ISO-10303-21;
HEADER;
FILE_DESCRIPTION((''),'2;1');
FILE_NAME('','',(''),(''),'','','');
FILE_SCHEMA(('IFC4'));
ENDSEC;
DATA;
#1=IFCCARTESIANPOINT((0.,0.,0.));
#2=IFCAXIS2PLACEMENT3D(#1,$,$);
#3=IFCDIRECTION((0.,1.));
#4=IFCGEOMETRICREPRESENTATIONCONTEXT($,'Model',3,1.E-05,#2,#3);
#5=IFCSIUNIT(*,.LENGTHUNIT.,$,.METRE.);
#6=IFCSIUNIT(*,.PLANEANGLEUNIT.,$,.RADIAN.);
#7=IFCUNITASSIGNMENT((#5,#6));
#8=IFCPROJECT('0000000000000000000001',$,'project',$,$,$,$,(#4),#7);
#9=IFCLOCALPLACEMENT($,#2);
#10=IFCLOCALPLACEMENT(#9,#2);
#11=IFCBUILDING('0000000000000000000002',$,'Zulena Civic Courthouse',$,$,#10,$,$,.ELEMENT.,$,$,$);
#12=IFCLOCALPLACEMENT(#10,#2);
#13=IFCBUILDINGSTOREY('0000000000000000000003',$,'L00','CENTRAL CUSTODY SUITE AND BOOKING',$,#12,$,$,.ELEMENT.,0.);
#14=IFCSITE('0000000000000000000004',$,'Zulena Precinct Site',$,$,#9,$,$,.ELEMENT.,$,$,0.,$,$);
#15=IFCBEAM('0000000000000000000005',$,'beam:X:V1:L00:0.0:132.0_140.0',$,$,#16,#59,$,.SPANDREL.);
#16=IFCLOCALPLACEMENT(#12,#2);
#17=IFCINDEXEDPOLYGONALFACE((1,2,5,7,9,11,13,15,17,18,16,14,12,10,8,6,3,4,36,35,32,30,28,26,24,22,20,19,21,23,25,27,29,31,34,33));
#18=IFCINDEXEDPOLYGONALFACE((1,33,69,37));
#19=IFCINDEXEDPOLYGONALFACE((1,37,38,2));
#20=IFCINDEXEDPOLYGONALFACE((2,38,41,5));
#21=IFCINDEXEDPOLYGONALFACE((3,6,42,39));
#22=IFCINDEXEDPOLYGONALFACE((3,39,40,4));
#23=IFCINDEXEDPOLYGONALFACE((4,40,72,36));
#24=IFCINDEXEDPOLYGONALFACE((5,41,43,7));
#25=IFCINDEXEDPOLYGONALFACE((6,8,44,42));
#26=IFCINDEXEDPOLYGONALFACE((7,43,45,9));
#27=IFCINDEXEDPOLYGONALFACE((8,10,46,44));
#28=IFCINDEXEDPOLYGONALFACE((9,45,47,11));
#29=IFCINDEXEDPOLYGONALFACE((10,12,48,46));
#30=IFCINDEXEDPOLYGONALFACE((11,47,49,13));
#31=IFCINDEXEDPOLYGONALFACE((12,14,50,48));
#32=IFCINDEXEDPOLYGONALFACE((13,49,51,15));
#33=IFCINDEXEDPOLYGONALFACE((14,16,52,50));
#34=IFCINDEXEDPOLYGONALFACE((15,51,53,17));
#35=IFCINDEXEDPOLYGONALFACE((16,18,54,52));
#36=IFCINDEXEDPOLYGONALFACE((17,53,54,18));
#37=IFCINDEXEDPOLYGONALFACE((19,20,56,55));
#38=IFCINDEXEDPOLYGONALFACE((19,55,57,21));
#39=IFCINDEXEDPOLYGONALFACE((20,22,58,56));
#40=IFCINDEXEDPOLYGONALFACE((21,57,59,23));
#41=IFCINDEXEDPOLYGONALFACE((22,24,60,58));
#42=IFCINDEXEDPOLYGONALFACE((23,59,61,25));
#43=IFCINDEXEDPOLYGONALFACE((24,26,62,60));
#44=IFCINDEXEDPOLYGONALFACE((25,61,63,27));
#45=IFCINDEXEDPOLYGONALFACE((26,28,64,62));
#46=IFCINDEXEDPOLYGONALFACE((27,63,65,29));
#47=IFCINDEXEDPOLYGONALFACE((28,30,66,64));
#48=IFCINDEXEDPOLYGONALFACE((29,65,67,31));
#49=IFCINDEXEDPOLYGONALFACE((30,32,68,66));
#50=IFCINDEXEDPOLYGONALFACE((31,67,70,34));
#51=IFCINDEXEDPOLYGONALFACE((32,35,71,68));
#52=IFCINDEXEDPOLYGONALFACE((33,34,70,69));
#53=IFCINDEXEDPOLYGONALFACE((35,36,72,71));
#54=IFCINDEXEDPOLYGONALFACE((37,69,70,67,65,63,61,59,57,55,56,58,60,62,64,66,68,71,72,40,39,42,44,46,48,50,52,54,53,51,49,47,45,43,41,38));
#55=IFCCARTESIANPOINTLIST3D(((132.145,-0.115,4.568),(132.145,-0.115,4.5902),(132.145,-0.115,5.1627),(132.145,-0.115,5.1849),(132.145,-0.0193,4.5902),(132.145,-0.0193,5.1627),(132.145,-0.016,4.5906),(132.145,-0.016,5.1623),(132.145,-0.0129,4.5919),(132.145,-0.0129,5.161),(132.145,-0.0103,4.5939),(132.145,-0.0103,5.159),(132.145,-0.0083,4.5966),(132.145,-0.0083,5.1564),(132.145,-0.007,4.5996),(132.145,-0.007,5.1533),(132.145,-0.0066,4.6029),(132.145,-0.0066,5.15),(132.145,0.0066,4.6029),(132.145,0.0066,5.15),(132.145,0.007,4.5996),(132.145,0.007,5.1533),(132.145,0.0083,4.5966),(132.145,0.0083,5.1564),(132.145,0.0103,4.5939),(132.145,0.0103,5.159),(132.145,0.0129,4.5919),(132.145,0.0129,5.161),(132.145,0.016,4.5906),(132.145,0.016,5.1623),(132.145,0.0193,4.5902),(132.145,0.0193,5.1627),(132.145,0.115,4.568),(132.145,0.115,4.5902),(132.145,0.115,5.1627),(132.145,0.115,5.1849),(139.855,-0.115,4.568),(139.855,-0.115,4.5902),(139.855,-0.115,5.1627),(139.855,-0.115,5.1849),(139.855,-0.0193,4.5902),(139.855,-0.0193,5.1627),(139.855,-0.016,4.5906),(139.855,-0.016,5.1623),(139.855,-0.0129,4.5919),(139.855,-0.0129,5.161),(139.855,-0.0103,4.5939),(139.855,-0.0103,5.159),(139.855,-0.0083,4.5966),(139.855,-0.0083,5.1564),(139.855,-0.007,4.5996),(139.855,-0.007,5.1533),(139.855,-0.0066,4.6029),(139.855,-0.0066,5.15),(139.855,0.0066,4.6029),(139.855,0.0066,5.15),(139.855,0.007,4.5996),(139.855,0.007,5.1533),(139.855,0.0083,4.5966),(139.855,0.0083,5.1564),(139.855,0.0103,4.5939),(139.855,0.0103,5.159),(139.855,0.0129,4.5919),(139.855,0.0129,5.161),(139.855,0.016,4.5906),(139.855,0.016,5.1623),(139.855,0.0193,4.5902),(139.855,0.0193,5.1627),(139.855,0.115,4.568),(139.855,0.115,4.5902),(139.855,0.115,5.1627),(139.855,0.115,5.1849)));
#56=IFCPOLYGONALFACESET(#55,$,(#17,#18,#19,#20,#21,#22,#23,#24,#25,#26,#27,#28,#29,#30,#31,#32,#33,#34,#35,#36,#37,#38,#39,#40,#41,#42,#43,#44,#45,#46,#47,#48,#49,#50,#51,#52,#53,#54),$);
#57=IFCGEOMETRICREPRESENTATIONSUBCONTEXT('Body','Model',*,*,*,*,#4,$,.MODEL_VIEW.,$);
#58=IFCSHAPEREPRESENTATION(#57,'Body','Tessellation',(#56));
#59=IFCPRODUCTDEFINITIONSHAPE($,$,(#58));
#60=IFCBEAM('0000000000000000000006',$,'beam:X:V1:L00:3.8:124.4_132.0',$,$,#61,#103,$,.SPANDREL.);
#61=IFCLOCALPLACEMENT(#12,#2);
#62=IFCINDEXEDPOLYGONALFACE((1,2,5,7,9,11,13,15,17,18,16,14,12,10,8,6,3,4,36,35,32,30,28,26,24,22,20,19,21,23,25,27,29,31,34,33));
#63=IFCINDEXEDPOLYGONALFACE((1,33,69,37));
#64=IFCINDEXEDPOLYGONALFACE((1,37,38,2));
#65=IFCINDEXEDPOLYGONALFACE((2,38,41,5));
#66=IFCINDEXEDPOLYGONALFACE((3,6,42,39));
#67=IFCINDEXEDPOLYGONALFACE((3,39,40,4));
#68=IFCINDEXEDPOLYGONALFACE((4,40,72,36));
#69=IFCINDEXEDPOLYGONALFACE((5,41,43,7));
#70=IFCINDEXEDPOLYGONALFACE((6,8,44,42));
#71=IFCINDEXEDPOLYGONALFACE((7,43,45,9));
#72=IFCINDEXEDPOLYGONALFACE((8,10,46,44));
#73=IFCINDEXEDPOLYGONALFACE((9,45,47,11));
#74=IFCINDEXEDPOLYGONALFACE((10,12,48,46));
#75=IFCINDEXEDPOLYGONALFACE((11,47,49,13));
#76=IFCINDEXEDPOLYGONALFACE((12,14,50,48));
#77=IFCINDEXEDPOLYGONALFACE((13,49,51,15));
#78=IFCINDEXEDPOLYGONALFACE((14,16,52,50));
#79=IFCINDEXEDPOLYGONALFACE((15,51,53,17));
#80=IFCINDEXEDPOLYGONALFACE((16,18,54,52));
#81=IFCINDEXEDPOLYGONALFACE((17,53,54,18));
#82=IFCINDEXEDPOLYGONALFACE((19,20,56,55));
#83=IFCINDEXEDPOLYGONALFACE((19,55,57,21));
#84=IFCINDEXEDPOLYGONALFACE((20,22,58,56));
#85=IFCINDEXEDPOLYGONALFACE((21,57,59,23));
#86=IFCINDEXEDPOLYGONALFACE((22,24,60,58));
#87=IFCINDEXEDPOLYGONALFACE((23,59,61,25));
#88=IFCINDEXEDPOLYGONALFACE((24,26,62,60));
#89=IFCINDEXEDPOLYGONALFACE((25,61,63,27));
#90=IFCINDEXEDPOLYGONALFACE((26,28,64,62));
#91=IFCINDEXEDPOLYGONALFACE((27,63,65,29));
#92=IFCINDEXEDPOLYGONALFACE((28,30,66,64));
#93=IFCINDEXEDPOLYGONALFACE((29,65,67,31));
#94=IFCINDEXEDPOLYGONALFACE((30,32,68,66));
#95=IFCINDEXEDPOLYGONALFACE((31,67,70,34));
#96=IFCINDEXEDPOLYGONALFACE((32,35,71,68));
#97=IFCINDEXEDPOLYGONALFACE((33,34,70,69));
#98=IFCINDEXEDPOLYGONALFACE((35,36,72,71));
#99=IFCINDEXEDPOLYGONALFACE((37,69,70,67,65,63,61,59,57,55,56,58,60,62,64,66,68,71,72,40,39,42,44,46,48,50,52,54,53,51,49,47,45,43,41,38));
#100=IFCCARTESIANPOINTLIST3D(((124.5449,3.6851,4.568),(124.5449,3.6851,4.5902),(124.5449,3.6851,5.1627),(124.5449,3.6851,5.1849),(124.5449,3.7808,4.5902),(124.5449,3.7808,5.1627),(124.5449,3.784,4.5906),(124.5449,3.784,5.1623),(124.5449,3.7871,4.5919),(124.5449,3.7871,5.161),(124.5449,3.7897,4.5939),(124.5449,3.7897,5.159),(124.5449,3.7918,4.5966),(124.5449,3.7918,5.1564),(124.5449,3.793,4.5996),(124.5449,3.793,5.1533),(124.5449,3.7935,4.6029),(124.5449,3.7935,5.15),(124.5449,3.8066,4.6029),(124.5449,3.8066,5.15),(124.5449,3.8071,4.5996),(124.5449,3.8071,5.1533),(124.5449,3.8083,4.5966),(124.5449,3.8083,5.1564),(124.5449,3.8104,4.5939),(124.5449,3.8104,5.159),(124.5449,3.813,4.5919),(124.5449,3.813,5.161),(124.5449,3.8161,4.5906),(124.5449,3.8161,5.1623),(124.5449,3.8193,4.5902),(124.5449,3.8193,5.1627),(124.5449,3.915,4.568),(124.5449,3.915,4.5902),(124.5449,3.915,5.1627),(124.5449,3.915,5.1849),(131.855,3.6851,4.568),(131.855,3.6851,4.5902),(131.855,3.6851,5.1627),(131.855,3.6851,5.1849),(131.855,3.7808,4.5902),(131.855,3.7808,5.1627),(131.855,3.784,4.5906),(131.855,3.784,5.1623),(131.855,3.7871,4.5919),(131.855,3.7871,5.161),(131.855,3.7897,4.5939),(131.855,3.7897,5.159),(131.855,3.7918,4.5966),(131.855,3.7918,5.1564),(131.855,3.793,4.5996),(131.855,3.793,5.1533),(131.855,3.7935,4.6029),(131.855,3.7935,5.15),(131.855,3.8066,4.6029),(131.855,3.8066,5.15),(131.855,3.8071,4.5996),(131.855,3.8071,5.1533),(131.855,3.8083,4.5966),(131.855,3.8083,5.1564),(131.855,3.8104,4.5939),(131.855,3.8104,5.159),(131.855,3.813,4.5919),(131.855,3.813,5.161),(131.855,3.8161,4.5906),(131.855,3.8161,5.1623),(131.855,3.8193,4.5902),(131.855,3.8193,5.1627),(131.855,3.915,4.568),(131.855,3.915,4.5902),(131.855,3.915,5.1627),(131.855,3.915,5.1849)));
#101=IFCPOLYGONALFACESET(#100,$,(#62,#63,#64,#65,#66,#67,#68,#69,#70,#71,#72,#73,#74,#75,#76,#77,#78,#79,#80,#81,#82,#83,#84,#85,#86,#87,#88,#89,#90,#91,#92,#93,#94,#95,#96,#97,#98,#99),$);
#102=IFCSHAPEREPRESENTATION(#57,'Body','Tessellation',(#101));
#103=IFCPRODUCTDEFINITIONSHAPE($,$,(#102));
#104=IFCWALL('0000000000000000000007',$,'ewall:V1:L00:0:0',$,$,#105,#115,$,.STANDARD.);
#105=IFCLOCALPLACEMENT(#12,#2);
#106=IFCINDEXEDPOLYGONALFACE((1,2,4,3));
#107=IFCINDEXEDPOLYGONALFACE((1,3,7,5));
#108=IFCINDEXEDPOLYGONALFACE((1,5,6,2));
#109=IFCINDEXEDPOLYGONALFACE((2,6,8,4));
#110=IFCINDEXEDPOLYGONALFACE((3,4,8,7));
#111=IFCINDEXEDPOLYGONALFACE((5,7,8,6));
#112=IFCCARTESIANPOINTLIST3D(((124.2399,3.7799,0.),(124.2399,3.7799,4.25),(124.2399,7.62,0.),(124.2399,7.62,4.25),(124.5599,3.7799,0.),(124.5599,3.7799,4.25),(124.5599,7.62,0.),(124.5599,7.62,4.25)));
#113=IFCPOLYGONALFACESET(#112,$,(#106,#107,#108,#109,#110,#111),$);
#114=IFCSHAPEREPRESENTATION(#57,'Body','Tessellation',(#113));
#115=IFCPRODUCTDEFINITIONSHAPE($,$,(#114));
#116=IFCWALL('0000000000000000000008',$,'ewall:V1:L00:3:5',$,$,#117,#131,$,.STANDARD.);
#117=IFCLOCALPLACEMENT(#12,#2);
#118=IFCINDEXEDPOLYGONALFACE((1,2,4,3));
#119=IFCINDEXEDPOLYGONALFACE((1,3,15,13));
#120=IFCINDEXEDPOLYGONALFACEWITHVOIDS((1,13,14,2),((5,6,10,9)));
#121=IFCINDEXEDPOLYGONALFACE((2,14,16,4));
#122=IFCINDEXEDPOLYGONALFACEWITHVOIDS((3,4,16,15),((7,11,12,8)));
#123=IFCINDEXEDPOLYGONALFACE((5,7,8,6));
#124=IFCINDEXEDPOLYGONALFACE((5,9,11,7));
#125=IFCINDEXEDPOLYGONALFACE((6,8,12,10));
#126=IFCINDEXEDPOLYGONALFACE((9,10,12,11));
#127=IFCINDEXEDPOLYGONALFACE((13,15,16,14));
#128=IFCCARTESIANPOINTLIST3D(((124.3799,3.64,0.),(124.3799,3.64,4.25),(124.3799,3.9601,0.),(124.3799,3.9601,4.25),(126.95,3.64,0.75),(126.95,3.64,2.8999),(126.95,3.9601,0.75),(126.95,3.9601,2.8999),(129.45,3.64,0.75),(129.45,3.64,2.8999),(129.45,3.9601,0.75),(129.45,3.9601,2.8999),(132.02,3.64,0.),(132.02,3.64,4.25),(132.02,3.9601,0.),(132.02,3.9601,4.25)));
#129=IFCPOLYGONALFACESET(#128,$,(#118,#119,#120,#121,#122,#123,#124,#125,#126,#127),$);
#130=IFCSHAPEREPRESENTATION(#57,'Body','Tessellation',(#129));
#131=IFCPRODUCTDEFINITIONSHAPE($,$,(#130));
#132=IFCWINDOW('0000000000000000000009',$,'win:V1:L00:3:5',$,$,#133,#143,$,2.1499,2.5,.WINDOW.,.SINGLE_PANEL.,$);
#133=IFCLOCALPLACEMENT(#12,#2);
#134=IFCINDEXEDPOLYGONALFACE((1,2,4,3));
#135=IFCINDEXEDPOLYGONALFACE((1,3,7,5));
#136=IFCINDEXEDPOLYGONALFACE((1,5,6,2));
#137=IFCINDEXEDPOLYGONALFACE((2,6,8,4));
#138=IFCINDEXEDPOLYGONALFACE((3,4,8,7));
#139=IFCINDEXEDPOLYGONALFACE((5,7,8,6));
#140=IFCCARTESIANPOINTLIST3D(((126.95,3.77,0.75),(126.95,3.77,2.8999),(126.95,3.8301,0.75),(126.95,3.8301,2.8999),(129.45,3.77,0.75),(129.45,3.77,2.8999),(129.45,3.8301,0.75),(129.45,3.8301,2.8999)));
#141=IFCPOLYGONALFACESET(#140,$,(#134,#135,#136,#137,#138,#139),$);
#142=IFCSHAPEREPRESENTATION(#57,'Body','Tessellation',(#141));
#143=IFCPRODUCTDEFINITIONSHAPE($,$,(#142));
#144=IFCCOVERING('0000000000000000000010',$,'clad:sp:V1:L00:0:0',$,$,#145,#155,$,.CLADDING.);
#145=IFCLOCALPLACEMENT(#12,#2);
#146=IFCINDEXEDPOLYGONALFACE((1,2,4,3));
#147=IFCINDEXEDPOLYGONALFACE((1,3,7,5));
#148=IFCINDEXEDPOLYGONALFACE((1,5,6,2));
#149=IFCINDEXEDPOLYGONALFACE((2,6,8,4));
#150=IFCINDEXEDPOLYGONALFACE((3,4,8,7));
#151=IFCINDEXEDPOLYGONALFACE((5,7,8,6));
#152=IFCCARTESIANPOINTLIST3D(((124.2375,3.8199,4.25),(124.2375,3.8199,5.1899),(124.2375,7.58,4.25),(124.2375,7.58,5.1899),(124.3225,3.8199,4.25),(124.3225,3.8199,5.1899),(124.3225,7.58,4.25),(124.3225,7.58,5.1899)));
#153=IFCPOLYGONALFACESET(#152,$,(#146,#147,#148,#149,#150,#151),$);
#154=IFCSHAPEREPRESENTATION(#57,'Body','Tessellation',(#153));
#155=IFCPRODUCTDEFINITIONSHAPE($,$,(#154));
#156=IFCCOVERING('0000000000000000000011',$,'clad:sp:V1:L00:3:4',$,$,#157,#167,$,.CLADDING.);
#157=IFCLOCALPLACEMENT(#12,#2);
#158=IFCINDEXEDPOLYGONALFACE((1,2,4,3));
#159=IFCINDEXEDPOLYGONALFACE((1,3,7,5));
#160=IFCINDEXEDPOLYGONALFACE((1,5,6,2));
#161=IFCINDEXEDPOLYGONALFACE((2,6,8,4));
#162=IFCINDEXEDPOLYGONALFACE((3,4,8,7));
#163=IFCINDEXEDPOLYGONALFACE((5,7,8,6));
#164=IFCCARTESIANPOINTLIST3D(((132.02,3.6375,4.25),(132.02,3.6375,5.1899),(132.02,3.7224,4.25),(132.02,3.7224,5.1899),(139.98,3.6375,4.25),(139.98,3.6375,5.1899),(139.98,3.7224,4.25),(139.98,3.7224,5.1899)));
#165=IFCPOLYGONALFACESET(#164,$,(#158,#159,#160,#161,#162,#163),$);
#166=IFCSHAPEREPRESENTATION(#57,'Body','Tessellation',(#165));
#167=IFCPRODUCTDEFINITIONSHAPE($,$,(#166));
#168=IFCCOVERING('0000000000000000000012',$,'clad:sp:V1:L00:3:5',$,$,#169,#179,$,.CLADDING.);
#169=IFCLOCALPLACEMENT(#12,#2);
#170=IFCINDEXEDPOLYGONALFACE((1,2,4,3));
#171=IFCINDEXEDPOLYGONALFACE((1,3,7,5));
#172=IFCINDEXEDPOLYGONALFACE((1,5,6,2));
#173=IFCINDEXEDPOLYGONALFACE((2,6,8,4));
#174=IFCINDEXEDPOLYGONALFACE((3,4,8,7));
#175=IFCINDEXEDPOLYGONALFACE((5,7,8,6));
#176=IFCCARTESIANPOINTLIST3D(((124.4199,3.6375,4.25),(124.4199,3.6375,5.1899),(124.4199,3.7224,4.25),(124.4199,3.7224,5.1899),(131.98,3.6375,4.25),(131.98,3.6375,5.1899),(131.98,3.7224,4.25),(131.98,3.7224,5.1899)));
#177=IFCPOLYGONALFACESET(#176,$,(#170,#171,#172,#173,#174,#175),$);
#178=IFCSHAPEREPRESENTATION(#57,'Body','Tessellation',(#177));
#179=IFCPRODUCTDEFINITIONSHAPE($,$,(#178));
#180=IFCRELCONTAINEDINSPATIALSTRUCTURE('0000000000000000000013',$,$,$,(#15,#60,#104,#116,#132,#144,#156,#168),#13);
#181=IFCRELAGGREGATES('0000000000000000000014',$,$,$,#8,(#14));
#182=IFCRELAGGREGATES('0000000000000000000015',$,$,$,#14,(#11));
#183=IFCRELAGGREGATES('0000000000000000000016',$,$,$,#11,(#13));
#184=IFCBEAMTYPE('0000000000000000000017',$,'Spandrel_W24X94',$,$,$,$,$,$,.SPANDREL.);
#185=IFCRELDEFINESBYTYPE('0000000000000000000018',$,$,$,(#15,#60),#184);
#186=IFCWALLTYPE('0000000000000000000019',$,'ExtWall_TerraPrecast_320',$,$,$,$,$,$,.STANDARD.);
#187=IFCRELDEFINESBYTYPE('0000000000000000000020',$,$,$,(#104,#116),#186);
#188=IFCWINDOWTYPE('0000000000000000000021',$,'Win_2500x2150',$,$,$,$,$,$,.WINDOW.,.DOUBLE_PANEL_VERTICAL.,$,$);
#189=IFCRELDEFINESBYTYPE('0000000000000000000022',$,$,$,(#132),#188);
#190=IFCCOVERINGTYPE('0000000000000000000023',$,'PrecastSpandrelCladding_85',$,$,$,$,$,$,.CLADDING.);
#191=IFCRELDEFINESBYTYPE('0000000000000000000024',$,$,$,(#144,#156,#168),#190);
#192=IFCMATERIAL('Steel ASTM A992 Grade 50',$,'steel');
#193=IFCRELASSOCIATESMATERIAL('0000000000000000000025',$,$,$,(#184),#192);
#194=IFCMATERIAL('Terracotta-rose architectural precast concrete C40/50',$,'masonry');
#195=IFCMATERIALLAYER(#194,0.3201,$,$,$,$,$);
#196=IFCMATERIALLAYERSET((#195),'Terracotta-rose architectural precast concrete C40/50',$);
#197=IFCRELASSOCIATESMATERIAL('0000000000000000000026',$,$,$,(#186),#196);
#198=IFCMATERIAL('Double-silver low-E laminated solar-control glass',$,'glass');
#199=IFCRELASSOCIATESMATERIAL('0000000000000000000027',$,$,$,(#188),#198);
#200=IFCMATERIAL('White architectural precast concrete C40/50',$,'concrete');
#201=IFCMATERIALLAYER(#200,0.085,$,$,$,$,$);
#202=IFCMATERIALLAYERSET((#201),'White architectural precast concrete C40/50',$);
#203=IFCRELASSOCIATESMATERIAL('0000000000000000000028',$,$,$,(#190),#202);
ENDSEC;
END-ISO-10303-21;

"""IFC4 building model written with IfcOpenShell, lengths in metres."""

from ifc_helpers import new_model, si_unit, direction, frame, frame_2d, origin, origin_2d, place, context, subcontext, project, spatial, rectangle, i_section, extrude, material, layer, layer_set, material_profile, profile_set, type_object, element, fill, save


model = new_model("IFC4")

# Units and contexts
model_context = context("Model", 3, precision=1e-05, world=origin(), true_north=direction((0.0, 1.0)))
body_context = subcontext(model_context, "Body", "Model", "MODEL_VIEW")
ifc_project = project(units=[si_unit("LENGTHUNIT", "METRE"), si_unit("PLANEANGLEUNIT", "RADIAN")], contexts=[model_context])

# Site, building, storey
site_placement = place(None, origin())
site = spatial("IfcSite", under=ifc_project, at=site_placement, Name="Zulena Precinct Site", CompositionType="ELEMENT", RefElevation=0.0)
building_placement = place(site_placement, origin())
building = spatial("IfcBuilding", under=site, at=building_placement, Name="Zulena Civic Courthouse", CompositionType="ELEMENT")
storey_placement = place(building_placement, origin())
storey = spatial("IfcBuildingStorey", under=building, at=storey_placement, Name="L00", Description="CENTRAL CUSTODY SUITE AND BOOKING", CompositionType="ELEMENT", Elevation=0.0)

# Shared definitions
ifc_material_1 = material(Name="Steel ASTM A992 Grade 50", Category="steel")

# Beams
ifc_material_profile_1 = material_profile(ifc_material_1, i_section(OverallWidth=0.23, OverallDepth=0.6169, WebThickness=0.0132, FlangeThickness=0.0222, FilletRadius=0.0127, at=origin_2d()), Name="W24X94")
ifc_profile_set_1 = profile_set([ifc_material_profile_1], Name="Steel ASTM A992 Grade 50")
beam_type_1 = type_object("IfcBeamType", Name="Spandrel_W24X94", PredefinedType="SPANDREL", material=ifc_profile_set_1)
beam_1_placement = place(storey_placement, frame((132.145, 0.0, 4.8765), z_axis=(1.0, 0.0, 0.0), x_axis=(0.0, 1.0, 0.0)))
element("IfcBeam", 1, at=beam_1_placement, inside=storey, type_object=beam_type_1, Name="beam:X:V1:L00:0.0:132.0_140.0", PredefinedType="SPANDREL", context=body_context, shape_type="SweptSolid", body=[
    extrude(i_section(OverallWidth=0.23, OverallDepth=0.6169, WebThickness=0.0132, FlangeThickness=0.0222, FilletRadius=0.0127, at=origin_2d()), origin(), (0.0, 0.0, 1.0), 7.71),
])
beam_2_placement = place(storey_placement, frame((124.5449, 3.8, 4.8765), z_axis=(1.0, 0.0, 0.0), x_axis=(0.0, 1.0, 0.0)))
element("IfcBeam", 2, at=beam_2_placement, inside=storey, type_object=beam_type_1, Name="beam:X:V1:L00:3.8:124.4_132.0", PredefinedType="SPANDREL", context=body_context, shape_type="SweptSolid", body=[
    extrude(i_section(OverallWidth=0.23, OverallDepth=0.6169, WebThickness=0.0132, FlangeThickness=0.0222, FilletRadius=0.0127, at=origin_2d()), origin(), (0.0, 0.0, 1.0), 7.3101),
])

# Wall
ifc_material_2 = material(Name="Terracotta-rose architectural precast concrete C40/50", Category="masonry")
ifc_layer_1 = layer(ifc_material_2, 0.3201)
ifc_layer_set_1 = layer_set([ifc_layer_1], Name="Terracotta-rose architectural precast concrete C40/50")
wall_type = type_object("IfcWallType", Name="ExtWall_TerraPrecast_320", PredefinedType="STANDARD", material=ifc_layer_set_1)
wall_1_placement = place(storey_placement, frame((124.3999, 3.78, 0.0), z_axis=(0.0, 0.0, 1.0), x_axis=(0.0, 1.0, 0.0)))
element("IfcWall", 3, at=wall_1_placement, inside=storey, type_object=wall_type, Name="ewall:V1:L00:0:0", PredefinedType="STANDARD", context=body_context, shape_type="SweptSolid", body=[
    extrude(rectangle(XDim=3.8401, YDim=0.3201, at=frame_2d((1.9199, 0.0))), origin(), (0.0, 0.0, 1.0), 4.25),
])

# Wall, opening, window
wall_2_placement = place(storey_placement, frame((132.02, 3.8, 0.0), z_axis=(0.0, 0.0, 1.0), x_axis=(-1.0, 0.0, 0.0)))
wall_2 = element("IfcWall", 4, at=wall_2_placement, inside=storey, type_object=wall_type, Name="ewall:V1:L00:3:5", PredefinedType="STANDARD", context=body_context, shape_type="SweptSolid", body=[
    extrude(rectangle(XDim=7.6401, YDim=0.3201, at=frame_2d((3.8201, 0.0))), origin(), (0.0, 0.0, 1.0), 4.25),
])
opening_placement = place(wall_2_placement, frame((2.5701, 0.0, 0.75)))
opening = element("IfcOpeningElement", 5, at=opening_placement, cuts=wall_2, PredefinedType="OPENING", context=body_context, shape_type="SweptSolid", body=[
    extrude(rectangle(XDim=2.5, YDim=2.1499, at=frame_2d((1.25, 1.075))), frame((0.0, 0.1699, 0.0), z_axis=(0.0, -1.0, 0.0), x_axis=(1.0, 0.0, 0.0)), (0.0, 0.0, 1.0), 0.3401),
])
ifc_material_3 = material(Name="Double-silver low-E laminated solar-control glass", Category="glass")
window_type = type_object("IfcWindowType", Name="Win_2500x2150", PartitioningType="DOUBLE_PANEL_VERTICAL", PredefinedType="WINDOW", material=ifc_material_3)
window_placement = place(opening_placement, origin())
window = element("IfcWindow", 6, at=window_placement, inside=storey, type_object=window_type, Name="win:V1:L00:3:5", OverallHeight=2.1499, OverallWidth=2.5, PartitioningType="SINGLE_PANEL", PredefinedType="WINDOW", context=body_context, shape_type="SweptSolid", body=[
    extrude(rectangle(XDim=2.5, YDim=2.1499, at=frame_2d((1.25, 1.075))), frame((0.0, 0.03, 0.0), z_axis=(0.0, -1.0, 0.0), x_axis=(1.0, 0.0, 0.0)), (0.0, 0.0, 1.0), 0.0601),
])
fill(opening, window)

# Coverings
ifc_material_4 = material(Name="White architectural precast concrete C40/50", Category="concrete")
ifc_layer_2 = layer(ifc_material_4, 0.085)
ifc_layer_set_2 = layer_set([ifc_layer_2], Name="White architectural precast concrete C40/50")
covering_type = type_object("IfcCoveringType", Name="PrecastSpandrelCladding_85", PredefinedType="CLADDING", material=ifc_layer_set_2)
covering_1_placement = place(storey_placement, frame((124.28, 5.7, 4.25), z_axis=(0.0, 0.0, 1.0), x_axis=(0.0, 1.0, 0.0)))
element("IfcCovering", 7, at=covering_1_placement, inside=storey, type_object=covering_type, Name="clad:sp:V1:L00:0:0", PredefinedType="CLADDING", context=body_context, shape_type="SweptSolid", body=[
    extrude(rectangle(XDim=3.76, YDim=0.085, at=origin_2d()), origin(), (0.0, 0.0, 1.0), 0.9399),
])
covering_2_placement = place(storey_placement, frame((136.0, 3.6799, 4.25), z_axis=(0.0, 0.0, 1.0), x_axis=(-1.0, 0.0, 0.0)))
element("IfcCovering", 8, at=covering_2_placement, inside=storey, type_object=covering_type, Name="clad:sp:V1:L00:3:4", PredefinedType="CLADDING", context=body_context, shape_type="SweptSolid", body=[
    extrude(rectangle(XDim=7.96, YDim=0.085, at=origin_2d()), origin(), (0.0, 0.0, 1.0), 0.9399),
])
covering_3_placement = place(storey_placement, frame((128.2, 3.6799, 4.25), z_axis=(0.0, 0.0, 1.0), x_axis=(-1.0, 0.0, 0.0)))
element("IfcCovering", 9, at=covering_3_placement, inside=storey, type_object=covering_type, Name="clad:sp:V1:L00:3:5", PredefinedType="CLADDING", context=body_context, shape_type="SweptSolid", body=[
    extrude(rectangle(XDim=7.5601, YDim=0.085, at=origin_2d()), origin(), (0.0, 0.0, 1.0), 0.9399),
])

save(model, "model.ifc")
